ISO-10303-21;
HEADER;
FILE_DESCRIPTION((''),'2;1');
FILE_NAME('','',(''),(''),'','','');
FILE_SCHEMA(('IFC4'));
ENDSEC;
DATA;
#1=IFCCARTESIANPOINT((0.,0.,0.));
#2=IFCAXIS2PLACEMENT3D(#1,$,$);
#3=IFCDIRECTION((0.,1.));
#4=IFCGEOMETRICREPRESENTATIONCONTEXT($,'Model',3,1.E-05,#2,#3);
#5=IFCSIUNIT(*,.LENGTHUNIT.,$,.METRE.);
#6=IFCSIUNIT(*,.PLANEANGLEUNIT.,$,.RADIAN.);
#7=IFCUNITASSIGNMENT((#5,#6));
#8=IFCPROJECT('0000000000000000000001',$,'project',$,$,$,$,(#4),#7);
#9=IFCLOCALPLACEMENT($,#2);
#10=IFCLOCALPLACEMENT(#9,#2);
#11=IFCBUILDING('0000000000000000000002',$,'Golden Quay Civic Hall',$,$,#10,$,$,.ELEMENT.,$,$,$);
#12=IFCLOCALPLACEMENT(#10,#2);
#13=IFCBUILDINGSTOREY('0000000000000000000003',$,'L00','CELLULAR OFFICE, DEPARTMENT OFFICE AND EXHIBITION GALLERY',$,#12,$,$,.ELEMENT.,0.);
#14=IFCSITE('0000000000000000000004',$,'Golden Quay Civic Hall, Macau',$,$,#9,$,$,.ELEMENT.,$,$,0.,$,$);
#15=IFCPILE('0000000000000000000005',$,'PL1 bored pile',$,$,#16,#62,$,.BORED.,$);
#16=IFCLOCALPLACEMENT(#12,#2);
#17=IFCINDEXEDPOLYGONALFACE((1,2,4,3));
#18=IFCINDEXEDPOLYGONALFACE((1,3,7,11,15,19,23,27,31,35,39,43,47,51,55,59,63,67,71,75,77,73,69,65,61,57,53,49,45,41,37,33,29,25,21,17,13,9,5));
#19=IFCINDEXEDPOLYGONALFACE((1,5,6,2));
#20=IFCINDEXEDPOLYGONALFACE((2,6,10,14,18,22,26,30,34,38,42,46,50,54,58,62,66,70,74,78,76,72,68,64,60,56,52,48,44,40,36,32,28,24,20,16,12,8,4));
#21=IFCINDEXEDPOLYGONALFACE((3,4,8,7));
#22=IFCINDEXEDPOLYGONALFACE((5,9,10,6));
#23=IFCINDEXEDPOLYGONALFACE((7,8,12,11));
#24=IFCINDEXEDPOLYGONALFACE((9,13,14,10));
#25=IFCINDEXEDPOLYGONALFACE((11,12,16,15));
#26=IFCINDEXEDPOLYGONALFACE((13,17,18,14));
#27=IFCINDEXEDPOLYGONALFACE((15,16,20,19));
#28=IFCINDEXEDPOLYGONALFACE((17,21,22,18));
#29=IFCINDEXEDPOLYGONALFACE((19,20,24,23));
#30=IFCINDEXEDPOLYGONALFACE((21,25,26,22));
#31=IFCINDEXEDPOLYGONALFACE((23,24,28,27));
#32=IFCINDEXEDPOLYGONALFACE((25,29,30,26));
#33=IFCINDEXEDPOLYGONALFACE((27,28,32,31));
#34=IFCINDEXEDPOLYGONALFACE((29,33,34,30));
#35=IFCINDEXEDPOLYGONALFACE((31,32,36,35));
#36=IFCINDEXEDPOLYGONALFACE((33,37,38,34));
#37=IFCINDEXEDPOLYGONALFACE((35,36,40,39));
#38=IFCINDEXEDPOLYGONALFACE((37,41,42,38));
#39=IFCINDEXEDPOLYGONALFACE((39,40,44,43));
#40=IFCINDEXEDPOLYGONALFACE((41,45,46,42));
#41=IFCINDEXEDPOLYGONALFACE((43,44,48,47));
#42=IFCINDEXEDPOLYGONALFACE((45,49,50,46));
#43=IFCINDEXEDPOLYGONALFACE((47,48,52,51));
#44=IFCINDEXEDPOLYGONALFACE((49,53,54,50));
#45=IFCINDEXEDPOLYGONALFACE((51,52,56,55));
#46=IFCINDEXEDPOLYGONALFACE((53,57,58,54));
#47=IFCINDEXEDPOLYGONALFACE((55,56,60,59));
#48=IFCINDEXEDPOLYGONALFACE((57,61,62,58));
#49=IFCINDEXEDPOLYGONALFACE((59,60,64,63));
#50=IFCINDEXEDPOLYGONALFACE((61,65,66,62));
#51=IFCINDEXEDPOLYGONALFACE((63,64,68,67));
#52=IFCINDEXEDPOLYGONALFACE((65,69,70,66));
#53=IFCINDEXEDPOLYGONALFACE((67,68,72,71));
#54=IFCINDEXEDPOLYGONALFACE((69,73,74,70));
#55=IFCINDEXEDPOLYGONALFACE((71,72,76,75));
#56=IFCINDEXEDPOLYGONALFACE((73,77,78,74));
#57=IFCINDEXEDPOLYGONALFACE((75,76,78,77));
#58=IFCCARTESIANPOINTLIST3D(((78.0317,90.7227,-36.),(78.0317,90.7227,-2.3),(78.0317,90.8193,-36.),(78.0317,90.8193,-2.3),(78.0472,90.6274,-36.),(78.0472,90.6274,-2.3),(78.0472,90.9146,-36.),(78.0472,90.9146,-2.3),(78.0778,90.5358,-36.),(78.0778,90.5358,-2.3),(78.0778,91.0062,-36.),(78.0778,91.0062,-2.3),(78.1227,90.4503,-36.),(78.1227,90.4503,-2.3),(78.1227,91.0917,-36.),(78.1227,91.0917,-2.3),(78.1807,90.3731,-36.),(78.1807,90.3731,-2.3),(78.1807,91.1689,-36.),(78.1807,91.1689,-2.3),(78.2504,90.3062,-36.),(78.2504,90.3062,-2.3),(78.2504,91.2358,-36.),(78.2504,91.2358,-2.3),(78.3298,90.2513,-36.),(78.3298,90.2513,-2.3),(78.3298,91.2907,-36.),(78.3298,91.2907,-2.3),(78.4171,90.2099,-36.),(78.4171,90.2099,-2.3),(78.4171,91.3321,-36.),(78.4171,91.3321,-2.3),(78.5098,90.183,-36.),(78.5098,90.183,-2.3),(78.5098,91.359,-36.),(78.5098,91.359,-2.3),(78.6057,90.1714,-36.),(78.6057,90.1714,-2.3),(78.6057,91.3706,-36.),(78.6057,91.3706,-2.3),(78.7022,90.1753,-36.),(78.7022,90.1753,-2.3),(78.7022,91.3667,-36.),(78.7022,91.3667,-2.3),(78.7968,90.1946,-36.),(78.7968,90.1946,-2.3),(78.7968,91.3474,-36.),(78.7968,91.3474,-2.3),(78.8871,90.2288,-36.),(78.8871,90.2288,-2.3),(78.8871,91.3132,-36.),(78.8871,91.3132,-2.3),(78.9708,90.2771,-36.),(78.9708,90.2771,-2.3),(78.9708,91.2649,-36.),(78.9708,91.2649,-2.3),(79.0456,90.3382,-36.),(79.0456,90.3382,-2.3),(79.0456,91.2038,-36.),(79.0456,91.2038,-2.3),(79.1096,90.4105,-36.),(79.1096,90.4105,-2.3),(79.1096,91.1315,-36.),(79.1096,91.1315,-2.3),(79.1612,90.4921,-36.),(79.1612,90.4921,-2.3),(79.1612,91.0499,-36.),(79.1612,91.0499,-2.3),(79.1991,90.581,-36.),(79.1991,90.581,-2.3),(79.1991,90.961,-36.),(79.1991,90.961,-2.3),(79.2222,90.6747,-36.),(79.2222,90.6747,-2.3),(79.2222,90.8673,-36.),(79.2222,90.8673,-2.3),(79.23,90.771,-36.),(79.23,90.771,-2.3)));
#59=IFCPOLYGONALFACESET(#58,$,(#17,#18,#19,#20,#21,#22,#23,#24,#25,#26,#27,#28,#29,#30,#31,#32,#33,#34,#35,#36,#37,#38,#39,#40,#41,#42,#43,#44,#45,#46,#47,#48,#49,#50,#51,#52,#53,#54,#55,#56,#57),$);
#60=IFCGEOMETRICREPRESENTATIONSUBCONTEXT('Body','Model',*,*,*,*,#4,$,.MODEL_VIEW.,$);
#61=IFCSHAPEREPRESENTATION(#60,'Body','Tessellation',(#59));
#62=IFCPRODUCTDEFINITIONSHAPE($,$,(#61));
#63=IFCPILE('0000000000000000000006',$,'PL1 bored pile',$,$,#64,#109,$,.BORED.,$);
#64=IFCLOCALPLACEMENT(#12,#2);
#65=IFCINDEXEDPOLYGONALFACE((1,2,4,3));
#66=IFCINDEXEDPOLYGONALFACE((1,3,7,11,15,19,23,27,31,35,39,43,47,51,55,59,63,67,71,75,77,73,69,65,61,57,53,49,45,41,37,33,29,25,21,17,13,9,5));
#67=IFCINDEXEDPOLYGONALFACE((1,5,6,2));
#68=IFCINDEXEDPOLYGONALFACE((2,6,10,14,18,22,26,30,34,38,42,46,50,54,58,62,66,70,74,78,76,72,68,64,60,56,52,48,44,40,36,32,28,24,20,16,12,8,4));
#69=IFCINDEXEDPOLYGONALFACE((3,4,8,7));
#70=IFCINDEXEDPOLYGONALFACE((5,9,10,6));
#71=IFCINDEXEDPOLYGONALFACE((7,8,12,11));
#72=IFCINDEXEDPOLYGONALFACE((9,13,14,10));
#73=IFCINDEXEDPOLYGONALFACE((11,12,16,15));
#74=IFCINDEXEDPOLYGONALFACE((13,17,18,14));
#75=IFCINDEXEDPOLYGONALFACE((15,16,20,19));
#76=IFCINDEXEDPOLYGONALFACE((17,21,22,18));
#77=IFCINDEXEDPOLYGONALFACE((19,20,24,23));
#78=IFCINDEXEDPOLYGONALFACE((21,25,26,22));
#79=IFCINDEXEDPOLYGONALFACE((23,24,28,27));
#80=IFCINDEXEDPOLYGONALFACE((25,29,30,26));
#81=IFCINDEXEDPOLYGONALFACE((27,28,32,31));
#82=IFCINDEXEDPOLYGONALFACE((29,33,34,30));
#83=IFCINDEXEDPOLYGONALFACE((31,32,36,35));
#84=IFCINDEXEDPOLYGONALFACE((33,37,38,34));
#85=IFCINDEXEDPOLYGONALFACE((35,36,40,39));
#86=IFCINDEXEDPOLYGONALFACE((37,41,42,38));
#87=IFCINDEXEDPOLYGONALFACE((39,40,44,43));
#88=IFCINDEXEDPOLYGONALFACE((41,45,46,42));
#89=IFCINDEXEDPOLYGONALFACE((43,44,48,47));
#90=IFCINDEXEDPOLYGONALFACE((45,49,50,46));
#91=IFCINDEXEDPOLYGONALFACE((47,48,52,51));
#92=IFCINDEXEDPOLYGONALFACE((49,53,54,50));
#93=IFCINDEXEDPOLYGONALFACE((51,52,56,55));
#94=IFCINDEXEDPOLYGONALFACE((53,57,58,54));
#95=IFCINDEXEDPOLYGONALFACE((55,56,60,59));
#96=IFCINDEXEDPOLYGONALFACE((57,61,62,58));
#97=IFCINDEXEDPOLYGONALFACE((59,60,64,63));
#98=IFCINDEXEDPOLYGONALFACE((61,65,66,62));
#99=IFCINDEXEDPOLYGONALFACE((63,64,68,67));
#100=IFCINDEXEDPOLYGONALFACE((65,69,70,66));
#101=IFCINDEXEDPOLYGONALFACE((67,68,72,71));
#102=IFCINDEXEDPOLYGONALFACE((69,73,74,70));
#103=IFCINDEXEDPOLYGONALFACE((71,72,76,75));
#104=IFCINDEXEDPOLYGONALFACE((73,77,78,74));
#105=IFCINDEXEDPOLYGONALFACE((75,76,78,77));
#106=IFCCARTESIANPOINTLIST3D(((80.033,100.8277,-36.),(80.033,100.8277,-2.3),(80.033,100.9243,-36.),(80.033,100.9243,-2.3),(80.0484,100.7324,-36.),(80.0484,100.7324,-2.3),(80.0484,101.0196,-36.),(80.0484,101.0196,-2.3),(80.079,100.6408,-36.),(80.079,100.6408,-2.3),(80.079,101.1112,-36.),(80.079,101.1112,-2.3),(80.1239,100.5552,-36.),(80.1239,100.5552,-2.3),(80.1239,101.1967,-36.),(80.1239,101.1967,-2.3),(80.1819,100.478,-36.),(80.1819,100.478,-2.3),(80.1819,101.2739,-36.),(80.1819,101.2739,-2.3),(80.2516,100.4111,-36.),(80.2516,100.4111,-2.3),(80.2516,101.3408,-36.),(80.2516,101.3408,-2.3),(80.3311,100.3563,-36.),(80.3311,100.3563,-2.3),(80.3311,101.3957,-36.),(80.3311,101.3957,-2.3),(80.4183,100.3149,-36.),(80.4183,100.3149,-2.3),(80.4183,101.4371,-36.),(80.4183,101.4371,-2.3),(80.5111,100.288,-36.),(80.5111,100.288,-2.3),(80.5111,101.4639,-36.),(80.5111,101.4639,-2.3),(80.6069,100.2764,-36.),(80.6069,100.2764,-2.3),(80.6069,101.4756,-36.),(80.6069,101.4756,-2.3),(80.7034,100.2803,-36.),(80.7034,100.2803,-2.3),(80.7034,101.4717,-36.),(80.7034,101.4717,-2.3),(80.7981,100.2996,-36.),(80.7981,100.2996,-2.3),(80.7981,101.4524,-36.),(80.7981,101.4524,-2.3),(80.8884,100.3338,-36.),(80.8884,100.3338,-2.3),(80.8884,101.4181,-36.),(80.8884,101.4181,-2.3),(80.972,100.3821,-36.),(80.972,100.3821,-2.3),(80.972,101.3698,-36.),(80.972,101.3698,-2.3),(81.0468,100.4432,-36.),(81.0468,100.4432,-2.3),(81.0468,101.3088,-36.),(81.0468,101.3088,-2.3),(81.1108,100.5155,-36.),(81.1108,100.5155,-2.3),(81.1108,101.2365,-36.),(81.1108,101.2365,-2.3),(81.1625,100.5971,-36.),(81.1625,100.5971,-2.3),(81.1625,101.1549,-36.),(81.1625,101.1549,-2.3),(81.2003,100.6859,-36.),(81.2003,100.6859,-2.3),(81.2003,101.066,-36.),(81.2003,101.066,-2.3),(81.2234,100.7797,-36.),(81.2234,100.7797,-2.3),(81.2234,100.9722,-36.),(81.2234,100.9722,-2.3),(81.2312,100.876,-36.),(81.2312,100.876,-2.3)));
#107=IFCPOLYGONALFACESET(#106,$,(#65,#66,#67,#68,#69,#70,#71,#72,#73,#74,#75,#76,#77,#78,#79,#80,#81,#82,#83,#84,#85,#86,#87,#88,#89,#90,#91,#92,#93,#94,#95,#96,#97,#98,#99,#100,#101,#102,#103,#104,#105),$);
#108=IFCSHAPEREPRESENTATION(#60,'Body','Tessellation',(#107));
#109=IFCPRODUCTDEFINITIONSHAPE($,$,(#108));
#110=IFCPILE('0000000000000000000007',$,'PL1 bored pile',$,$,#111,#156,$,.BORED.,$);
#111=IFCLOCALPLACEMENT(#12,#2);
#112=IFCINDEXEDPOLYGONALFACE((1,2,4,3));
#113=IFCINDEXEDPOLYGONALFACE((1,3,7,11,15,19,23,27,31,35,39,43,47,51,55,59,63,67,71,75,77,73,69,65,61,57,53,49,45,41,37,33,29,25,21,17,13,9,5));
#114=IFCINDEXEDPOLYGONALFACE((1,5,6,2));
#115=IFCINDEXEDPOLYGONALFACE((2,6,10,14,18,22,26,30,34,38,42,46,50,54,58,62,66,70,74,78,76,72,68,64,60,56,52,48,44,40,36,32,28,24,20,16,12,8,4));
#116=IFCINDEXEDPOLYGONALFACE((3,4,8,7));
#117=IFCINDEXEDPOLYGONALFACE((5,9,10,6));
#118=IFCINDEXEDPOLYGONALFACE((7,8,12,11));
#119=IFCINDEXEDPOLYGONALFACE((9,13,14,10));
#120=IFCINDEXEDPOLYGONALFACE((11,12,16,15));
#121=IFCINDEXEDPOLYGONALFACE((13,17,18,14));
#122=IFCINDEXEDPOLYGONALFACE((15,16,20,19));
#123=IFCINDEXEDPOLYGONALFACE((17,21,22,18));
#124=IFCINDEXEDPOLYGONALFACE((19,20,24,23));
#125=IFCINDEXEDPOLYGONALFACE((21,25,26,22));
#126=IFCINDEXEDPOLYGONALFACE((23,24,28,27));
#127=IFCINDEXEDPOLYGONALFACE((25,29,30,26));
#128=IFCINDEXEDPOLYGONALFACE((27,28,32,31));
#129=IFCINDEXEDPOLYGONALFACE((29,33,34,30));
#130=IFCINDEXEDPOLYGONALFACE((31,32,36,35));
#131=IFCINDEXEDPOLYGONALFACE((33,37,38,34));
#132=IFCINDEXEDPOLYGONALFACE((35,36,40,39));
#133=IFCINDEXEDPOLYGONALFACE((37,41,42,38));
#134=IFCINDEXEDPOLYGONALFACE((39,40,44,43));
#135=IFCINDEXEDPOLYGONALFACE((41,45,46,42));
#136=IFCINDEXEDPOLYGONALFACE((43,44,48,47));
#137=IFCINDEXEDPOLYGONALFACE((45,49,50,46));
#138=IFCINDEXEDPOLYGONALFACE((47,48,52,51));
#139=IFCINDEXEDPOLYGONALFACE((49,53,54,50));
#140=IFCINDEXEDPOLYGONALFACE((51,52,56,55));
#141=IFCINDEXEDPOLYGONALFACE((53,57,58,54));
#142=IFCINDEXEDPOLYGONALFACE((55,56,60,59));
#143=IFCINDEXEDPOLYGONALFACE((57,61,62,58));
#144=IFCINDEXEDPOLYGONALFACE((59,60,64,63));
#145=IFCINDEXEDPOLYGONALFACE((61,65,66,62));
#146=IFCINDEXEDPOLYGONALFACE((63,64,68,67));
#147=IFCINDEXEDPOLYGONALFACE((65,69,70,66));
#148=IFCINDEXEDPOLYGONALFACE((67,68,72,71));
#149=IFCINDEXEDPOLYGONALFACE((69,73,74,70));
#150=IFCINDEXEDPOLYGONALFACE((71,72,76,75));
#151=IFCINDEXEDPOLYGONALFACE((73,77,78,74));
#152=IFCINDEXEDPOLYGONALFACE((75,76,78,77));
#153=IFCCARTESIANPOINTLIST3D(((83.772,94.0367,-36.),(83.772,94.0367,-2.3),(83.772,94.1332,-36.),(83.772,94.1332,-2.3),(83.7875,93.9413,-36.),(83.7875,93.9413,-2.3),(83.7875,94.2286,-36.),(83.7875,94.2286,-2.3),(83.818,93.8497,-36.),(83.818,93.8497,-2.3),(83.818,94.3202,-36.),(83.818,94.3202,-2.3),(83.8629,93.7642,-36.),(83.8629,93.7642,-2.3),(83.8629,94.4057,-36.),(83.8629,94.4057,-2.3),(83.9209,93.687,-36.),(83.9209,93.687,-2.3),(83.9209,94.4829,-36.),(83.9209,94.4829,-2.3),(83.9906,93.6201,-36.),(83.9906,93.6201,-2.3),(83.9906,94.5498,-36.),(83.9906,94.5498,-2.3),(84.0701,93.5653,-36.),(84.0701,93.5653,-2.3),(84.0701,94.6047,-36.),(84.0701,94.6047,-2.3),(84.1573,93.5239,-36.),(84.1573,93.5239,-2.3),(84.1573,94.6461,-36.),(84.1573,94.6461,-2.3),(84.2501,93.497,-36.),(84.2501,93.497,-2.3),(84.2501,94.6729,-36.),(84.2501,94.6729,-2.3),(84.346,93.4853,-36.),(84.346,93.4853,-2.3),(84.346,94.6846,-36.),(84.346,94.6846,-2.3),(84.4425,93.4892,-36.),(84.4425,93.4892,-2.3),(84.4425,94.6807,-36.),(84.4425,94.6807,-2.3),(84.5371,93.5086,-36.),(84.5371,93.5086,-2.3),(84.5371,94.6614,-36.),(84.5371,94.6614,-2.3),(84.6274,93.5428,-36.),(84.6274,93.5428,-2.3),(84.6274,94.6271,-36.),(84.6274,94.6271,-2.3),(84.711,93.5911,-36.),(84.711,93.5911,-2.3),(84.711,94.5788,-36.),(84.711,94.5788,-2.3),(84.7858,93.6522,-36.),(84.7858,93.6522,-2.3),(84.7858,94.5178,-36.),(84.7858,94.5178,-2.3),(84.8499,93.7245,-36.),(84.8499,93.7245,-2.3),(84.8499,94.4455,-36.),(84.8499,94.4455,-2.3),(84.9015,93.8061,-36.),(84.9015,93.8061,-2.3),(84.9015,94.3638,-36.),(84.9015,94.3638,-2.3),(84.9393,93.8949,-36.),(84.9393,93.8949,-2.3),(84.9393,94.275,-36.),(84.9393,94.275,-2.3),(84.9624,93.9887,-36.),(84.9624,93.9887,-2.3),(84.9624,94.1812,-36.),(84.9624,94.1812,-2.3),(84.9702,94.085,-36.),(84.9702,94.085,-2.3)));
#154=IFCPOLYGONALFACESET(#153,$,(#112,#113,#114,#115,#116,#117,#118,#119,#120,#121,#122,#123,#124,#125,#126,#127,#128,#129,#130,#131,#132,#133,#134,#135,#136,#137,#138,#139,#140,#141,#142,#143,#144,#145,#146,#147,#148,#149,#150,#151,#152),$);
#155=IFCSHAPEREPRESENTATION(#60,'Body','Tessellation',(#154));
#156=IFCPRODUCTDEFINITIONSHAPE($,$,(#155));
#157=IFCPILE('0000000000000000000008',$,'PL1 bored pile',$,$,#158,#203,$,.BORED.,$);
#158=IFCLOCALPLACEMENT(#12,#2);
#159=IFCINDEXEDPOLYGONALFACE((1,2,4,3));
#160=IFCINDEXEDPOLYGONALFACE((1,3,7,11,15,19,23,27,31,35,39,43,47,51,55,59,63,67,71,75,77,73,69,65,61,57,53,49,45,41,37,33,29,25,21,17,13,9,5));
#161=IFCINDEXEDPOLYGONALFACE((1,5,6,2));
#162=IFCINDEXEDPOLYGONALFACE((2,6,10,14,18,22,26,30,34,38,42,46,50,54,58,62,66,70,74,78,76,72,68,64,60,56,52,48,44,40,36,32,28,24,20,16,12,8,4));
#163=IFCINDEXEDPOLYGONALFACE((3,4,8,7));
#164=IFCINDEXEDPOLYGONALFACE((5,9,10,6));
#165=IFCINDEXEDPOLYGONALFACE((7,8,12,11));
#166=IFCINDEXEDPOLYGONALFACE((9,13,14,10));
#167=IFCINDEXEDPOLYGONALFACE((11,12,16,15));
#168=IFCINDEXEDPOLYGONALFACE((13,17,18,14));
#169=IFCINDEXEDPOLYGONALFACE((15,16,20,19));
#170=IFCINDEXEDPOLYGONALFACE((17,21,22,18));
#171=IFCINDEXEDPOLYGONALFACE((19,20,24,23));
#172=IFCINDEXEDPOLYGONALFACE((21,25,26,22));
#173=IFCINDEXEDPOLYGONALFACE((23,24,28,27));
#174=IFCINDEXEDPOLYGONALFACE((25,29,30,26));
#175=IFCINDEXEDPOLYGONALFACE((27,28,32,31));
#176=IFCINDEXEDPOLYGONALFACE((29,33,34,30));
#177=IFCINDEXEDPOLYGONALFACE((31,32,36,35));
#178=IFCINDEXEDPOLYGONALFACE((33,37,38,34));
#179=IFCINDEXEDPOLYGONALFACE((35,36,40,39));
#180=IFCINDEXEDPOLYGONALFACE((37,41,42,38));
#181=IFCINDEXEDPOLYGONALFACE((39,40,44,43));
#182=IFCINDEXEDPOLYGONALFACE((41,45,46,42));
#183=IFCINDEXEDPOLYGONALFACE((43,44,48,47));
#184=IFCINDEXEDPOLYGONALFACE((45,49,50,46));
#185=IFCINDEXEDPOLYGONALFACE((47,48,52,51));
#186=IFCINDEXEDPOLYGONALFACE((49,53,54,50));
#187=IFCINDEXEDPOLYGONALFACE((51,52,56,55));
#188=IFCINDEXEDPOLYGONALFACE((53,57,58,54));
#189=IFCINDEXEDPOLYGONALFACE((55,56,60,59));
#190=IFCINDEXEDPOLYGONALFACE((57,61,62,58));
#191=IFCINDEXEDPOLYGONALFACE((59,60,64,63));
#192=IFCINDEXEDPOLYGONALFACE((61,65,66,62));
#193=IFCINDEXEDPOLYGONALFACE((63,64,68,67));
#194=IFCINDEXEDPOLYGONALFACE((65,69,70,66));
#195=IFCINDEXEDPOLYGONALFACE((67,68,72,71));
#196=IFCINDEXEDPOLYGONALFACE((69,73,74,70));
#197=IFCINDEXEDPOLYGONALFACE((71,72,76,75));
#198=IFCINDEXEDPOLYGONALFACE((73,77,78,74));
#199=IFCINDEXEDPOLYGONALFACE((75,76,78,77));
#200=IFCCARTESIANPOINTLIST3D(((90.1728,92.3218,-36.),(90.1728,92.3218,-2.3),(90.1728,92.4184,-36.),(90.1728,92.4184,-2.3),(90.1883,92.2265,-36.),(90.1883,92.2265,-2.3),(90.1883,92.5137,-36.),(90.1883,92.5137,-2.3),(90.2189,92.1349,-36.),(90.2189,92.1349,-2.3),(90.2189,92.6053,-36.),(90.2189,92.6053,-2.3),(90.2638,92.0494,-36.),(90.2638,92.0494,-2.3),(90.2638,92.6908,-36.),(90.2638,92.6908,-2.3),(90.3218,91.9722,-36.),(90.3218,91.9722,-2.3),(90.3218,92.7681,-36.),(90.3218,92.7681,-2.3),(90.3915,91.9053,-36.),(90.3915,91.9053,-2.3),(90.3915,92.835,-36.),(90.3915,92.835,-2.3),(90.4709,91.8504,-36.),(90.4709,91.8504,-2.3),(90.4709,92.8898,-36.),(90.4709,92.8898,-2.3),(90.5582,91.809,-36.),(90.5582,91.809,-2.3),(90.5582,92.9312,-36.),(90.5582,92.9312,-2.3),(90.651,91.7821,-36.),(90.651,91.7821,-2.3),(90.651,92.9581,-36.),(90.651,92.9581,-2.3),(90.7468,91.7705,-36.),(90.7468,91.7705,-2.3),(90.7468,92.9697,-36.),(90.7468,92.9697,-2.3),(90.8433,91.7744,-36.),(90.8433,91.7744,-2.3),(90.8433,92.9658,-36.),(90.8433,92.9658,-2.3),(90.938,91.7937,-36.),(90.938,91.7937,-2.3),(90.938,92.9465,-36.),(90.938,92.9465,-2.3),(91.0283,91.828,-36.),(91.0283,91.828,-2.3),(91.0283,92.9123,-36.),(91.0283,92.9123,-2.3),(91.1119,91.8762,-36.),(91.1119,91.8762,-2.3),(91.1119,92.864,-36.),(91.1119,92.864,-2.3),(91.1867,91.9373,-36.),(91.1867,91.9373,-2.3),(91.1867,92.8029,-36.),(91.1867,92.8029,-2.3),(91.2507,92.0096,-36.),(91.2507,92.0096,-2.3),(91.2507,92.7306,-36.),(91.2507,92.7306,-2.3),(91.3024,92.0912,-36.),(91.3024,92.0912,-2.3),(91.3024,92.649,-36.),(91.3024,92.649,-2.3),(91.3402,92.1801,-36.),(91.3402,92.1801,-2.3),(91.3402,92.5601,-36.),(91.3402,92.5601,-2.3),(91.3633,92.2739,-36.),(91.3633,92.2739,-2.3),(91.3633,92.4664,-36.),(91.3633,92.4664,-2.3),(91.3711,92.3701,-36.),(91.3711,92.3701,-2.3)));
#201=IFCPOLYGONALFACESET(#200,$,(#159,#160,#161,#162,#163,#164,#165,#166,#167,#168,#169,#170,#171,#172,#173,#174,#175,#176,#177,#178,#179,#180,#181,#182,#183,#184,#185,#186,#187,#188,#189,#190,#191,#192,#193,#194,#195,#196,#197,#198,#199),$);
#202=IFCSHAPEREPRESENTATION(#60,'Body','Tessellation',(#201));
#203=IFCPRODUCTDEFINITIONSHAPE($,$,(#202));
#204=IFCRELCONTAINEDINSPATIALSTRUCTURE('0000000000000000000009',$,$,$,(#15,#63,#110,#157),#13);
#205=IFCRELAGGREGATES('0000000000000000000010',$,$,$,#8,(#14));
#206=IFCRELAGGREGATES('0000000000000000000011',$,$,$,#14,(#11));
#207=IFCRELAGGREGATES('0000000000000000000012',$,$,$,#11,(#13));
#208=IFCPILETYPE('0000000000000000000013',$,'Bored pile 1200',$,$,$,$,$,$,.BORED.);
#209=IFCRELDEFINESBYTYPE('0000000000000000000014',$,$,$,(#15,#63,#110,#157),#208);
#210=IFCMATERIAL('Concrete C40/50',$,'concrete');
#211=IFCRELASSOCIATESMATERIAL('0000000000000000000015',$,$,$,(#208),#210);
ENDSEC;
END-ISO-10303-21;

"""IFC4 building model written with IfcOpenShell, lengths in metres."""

from ifc_helpers import new_model, si_unit, direction, frame, origin, origin_2d, place, context, subcontext, project, spatial, circle, extrude, material, material_profile, profile_set, type_object, element, save


model = new_model("IFC4")

# Units and contexts
model_context = context("Model", 3, precision=1e-05, world=origin(), true_north=direction((0.0, 1.0)))
body_context = subcontext(model_context, "Body", "Model", "MODEL_VIEW")
ifc_project = project(units=[si_unit("LENGTHUNIT", "METRE"), si_unit("PLANEANGLEUNIT", "RADIAN")], contexts=[model_context])

# Site, building, storey
site_placement = place(None, origin())
site = spatial("IfcSite", under=ifc_project, at=site_placement, Name="Golden Quay Civic Hall, Macau", CompositionType="ELEMENT", RefElevation=0.0)
building_placement = place(site_placement, origin())
building = spatial("IfcBuilding", under=site, at=building_placement, Name="Golden Quay Civic Hall", CompositionType="ELEMENT")
storey_placement = place(building_placement, origin())
storey = spatial("IfcBuildingStorey", under=building, at=storey_placement, Name="L00", Description="CELLULAR OFFICE, DEPARTMENT OFFICE AND EXHIBITION GALLERY", CompositionType="ELEMENT", Elevation=0.0)

# Piles
ifc_material_1 = material(Name="Concrete C40/50", Category="concrete")
ifc_material_profile_1 = material_profile(ifc_material_1, circle(Radius=0.6001, at=origin_2d()), Name="RC D1200")
ifc_profile_set_1 = profile_set([ifc_material_profile_1], Name="Concrete C40/50")
pile_type_1 = type_object("IfcPileType", Name="Bored pile 1200", PredefinedType="BORED", material=ifc_profile_set_1)
for number, where, z_axis, x_axis, name in (
    (1, (78.6299, 90.771, -2.3), (0.0, 0.0, -1.0), (1.0, 0.0, 0.0), "PL1 bored pile"),
    (2, (80.6311, 100.876, -2.3), (0.0, 0.0, -1.0), (1.0, 0.0, 0.0), "PL1 bored pile"),
    (3, (84.3701, 94.085, -2.3), (0.0, 0.0, -1.0), (1.0, 0.0, 0.0), "PL1 bored pile"),
    (4, (90.771, 92.3701, -2.3), (0.0, 0.0, -1.0), (1.0, 0.0, 0.0), "PL1 bored pile"),
):
    element("IfcPile", number, at=place(storey_placement, frame(where, z_axis=z_axis, x_axis=x_axis)), inside=storey, type_object=pile_type_1, Name=name, PredefinedType="BORED", context=body_context, shape_type="SweptSolid", body=[
        extrude(circle(Radius=0.6001, at=origin_2d()), origin(), (0.0, 0.0, 1.0), 33.7),
    ])

save(model, "model.ifc")
